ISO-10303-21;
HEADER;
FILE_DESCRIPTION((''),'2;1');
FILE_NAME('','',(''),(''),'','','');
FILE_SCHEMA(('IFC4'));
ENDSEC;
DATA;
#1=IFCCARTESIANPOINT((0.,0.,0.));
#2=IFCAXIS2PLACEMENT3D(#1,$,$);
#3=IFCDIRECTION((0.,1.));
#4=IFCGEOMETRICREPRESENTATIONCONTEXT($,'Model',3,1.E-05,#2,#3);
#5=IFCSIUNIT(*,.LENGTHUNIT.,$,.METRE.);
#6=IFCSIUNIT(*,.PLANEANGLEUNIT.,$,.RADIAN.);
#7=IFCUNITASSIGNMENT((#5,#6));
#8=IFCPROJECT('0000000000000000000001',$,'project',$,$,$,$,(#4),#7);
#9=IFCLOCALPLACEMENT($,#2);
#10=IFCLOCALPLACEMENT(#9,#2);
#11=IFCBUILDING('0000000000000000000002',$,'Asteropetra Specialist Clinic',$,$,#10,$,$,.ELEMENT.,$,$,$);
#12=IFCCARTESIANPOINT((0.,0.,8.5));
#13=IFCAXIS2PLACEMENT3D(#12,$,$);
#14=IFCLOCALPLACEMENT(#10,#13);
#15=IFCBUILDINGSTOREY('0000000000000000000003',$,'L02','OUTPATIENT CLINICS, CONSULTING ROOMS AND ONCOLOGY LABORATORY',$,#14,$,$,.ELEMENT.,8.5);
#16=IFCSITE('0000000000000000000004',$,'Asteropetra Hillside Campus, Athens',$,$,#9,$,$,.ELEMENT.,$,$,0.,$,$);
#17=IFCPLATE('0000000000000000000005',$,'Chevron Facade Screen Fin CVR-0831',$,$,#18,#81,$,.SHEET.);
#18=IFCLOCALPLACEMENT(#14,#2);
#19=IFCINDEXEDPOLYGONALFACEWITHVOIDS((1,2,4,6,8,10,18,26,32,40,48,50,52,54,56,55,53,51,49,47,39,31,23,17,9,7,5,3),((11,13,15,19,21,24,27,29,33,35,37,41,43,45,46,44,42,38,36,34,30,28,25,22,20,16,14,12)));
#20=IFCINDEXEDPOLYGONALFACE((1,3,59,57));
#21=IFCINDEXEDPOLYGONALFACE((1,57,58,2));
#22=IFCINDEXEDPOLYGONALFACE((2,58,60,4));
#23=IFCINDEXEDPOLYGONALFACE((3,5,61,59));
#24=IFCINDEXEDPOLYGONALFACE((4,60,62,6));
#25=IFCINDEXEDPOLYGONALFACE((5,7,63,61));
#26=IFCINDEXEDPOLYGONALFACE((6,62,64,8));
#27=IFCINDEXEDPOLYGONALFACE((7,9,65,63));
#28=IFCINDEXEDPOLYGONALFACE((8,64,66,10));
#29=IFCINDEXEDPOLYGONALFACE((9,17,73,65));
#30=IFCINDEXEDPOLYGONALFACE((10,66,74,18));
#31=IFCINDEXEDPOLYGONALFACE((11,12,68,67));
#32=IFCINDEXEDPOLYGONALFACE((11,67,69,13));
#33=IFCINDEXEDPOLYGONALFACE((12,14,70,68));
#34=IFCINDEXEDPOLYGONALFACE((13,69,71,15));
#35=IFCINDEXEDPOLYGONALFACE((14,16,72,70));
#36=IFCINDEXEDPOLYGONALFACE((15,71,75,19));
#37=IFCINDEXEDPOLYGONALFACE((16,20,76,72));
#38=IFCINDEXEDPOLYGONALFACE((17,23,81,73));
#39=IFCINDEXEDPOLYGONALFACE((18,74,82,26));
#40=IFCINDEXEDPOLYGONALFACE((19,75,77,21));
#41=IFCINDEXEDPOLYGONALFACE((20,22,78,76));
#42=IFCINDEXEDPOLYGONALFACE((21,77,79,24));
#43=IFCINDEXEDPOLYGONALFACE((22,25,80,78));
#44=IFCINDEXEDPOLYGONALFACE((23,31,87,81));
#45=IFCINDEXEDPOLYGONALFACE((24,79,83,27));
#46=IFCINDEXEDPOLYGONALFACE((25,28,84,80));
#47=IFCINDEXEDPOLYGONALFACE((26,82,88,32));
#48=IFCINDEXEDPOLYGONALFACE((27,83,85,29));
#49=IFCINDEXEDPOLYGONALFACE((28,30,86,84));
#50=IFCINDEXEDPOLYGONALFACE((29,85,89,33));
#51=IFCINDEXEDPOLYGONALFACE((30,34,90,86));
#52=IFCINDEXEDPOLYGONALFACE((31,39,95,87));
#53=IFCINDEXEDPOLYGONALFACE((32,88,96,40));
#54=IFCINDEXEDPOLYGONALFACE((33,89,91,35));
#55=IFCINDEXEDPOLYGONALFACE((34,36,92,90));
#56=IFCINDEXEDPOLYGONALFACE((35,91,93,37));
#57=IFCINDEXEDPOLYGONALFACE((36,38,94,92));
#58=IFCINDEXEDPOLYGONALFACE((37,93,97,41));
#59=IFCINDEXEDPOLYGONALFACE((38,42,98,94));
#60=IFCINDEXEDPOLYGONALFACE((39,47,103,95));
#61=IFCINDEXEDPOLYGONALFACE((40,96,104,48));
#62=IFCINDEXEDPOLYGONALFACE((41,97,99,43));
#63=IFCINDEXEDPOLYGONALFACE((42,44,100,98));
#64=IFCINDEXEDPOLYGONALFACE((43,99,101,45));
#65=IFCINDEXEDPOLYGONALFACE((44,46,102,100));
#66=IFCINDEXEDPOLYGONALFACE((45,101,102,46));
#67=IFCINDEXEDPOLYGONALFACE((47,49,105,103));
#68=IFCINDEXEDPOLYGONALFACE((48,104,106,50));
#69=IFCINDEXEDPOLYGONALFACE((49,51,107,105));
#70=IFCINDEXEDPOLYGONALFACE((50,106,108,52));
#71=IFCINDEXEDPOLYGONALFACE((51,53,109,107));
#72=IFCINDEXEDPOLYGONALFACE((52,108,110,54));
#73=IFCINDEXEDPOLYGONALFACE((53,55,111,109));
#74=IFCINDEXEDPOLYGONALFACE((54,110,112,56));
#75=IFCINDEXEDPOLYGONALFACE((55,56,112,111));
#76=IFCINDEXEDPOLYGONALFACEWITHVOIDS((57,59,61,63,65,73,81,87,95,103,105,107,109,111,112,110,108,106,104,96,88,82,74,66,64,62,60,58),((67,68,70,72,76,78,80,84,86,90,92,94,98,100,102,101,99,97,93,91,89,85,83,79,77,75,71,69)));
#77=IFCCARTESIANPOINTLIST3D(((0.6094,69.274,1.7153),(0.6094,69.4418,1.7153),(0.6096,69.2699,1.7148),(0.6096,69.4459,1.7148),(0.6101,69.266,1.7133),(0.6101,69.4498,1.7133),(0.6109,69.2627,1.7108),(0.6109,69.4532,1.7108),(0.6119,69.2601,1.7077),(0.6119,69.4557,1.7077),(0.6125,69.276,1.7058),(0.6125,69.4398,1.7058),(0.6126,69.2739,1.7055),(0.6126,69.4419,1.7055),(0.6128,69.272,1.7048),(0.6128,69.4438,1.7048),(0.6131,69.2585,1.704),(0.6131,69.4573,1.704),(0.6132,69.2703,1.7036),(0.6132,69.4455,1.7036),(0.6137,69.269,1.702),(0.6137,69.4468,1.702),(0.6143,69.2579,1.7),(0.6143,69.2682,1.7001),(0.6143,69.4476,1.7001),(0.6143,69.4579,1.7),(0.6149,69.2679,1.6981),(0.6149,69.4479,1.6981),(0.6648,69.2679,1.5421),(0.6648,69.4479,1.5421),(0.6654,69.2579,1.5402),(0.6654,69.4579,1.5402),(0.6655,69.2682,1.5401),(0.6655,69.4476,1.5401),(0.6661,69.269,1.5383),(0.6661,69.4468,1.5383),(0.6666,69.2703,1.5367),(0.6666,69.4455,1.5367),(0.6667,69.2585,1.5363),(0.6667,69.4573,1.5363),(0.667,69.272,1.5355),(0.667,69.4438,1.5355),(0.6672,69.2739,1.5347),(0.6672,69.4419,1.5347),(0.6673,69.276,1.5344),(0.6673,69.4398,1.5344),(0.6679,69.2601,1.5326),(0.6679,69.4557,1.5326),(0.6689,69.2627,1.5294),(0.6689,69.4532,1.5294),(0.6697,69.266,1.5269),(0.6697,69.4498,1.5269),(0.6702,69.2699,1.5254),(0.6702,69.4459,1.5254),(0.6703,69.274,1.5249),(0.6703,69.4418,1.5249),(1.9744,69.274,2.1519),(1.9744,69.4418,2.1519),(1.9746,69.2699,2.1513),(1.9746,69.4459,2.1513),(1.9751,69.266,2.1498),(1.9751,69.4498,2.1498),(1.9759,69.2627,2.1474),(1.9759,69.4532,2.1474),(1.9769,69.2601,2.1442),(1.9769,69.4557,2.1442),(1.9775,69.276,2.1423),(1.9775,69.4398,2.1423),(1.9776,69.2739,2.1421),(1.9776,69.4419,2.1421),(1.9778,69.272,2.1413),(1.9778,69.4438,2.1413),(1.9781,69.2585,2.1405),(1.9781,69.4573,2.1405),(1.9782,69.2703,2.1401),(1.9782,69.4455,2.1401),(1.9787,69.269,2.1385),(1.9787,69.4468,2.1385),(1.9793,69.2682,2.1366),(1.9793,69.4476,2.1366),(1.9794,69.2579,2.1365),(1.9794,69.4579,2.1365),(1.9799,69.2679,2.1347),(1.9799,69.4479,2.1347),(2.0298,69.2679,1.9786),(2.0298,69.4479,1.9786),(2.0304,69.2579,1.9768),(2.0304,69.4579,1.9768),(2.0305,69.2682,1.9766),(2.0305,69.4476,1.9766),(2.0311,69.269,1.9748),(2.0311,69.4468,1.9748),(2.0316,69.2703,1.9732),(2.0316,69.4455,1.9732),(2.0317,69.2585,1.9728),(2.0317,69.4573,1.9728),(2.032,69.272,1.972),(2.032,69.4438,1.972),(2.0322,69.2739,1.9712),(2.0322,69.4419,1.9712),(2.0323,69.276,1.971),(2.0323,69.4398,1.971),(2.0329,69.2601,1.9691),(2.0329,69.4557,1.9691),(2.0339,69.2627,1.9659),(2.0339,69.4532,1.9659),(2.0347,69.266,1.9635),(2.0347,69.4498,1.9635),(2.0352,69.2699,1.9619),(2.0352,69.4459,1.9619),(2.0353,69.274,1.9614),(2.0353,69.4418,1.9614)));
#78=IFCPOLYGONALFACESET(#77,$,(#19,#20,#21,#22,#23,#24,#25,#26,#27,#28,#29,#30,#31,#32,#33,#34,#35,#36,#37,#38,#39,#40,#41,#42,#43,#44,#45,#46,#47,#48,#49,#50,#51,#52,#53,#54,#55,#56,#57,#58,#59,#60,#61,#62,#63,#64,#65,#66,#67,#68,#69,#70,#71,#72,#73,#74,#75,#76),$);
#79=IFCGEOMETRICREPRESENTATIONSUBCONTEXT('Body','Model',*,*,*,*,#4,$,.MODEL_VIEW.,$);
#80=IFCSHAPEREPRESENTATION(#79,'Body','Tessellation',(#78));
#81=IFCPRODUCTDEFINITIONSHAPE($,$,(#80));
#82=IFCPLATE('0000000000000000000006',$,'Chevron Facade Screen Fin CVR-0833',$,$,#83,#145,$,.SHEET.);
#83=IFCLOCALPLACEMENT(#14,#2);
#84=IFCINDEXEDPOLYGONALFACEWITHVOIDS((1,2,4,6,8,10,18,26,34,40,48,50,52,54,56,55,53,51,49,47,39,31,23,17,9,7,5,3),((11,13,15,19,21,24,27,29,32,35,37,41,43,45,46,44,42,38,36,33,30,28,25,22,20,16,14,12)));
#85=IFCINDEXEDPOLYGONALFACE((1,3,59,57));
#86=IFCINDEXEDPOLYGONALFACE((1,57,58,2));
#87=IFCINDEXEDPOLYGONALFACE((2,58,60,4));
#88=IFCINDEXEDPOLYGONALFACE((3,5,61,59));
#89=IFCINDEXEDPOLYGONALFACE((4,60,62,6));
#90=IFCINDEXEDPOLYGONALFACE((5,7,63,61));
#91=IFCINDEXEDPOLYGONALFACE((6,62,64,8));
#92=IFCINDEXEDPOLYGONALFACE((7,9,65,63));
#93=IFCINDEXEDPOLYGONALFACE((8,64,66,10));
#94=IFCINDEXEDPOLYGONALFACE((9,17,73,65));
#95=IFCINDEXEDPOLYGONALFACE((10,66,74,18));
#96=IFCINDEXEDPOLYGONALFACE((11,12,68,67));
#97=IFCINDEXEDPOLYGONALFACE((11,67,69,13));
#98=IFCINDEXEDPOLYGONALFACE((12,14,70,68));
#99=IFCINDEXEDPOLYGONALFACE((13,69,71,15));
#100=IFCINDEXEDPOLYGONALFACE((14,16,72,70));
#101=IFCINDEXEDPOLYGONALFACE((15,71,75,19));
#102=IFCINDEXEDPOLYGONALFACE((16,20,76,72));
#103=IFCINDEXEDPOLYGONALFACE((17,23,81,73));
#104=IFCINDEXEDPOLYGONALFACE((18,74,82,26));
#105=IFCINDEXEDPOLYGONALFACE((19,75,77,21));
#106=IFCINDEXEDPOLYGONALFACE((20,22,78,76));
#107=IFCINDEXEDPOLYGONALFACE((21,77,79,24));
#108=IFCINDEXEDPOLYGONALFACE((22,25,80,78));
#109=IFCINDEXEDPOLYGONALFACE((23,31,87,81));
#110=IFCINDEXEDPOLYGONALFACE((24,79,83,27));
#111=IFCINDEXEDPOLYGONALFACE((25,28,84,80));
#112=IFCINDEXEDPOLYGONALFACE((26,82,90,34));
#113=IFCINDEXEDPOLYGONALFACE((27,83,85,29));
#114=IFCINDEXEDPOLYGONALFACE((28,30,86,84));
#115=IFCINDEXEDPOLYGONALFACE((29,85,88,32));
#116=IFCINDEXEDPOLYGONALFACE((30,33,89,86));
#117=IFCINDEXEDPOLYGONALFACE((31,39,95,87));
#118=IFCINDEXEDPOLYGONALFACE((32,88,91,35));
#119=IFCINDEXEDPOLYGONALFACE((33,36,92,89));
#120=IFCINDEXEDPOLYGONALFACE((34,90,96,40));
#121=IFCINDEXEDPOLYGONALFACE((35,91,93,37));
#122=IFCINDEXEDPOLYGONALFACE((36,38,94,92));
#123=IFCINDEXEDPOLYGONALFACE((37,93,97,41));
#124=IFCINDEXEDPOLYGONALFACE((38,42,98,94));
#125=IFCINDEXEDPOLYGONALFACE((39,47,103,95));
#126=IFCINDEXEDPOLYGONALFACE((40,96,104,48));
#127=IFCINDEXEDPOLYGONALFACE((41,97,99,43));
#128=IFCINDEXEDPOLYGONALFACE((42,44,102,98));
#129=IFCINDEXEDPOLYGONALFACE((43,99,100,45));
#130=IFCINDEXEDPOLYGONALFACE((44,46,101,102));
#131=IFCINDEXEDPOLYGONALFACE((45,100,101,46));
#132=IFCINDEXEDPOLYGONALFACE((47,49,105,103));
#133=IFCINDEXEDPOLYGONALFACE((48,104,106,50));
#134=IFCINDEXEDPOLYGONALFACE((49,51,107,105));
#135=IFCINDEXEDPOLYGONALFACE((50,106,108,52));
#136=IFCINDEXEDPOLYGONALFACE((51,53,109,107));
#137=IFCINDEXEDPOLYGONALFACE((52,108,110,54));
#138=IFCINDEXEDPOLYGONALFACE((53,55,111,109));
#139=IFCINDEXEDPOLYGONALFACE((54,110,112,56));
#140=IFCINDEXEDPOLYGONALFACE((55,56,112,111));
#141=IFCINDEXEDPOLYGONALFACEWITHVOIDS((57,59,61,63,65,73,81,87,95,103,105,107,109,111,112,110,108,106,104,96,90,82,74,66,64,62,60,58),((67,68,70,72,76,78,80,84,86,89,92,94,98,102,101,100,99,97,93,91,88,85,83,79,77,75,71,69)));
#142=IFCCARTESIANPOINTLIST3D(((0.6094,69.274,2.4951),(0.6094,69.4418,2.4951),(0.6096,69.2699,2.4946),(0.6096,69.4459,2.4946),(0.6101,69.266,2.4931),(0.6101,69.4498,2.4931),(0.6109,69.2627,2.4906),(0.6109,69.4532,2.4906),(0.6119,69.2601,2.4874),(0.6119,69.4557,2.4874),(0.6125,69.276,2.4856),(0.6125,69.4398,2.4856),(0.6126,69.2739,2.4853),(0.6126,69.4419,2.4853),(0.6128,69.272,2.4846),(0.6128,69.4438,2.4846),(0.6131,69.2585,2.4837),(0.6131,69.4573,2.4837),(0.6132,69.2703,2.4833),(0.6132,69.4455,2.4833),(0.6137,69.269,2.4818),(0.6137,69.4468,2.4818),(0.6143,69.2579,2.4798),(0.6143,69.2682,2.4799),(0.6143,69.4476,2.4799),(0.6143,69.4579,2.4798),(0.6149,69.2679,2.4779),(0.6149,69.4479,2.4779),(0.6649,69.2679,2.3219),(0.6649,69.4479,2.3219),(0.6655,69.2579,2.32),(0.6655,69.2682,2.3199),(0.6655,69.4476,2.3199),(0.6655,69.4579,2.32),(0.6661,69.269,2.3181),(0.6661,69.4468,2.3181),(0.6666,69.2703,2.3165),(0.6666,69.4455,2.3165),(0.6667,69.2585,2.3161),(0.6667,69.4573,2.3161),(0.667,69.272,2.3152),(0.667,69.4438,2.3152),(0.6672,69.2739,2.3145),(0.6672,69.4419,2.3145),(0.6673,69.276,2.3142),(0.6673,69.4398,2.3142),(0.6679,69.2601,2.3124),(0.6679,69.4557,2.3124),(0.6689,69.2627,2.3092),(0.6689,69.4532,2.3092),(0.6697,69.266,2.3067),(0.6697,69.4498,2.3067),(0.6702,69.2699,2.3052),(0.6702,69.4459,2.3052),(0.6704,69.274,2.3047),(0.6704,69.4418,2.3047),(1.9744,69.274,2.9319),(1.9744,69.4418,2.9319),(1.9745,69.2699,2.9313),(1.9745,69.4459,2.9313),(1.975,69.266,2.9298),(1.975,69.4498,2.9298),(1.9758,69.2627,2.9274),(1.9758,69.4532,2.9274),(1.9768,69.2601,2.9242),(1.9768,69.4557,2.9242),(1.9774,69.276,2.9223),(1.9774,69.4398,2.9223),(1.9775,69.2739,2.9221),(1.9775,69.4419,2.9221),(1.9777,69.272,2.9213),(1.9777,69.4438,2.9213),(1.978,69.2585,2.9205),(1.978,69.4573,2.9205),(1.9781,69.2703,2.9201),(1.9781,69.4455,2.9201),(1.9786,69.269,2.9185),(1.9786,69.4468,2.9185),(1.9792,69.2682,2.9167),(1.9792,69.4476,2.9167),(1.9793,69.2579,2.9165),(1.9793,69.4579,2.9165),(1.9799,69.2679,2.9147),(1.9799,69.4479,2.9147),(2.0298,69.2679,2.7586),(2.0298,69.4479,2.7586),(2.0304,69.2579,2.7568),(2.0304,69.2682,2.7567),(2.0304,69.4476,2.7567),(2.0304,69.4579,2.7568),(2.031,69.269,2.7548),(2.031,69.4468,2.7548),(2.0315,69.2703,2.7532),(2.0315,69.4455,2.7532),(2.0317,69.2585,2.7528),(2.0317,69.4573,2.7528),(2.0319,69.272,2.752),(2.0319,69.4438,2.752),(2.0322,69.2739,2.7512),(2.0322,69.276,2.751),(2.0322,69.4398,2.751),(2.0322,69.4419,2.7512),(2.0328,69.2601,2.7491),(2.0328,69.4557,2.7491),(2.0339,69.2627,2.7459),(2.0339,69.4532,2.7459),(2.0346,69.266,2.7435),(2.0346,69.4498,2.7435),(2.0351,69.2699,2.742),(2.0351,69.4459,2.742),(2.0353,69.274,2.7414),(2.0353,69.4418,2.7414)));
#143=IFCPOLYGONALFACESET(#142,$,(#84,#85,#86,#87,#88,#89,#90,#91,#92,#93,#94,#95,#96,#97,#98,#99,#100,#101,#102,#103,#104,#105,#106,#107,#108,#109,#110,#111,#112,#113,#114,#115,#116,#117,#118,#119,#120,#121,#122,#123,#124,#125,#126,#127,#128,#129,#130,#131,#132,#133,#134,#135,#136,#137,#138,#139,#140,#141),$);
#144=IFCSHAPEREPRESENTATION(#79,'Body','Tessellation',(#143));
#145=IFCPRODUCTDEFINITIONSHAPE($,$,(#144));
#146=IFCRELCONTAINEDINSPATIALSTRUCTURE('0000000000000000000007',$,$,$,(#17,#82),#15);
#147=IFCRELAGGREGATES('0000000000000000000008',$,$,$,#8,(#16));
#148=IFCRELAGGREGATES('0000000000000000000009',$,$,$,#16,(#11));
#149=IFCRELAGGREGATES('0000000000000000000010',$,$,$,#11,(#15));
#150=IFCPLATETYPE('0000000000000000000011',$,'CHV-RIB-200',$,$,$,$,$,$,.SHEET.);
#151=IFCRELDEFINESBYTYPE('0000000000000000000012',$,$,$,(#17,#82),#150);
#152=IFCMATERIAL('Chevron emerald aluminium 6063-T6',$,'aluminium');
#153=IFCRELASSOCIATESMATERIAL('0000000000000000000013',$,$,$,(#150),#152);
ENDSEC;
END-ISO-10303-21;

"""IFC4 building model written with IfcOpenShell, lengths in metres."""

from ifc_helpers import new_model, si_unit, direction, frame, origin, origin_2d, place, context, subcontext, project, spatial, hollow_rectangle, extrude, material, material_profile, profile_set, type_object, element, save


model = new_model("IFC4")

# Units and contexts
model_context = context("Model", 3, precision=1e-05, world=origin(), true_north=direction((0.0, 1.0)))
body_context = subcontext(model_context, "Body", "Model", "MODEL_VIEW")
ifc_project = project(units=[si_unit("LENGTHUNIT", "METRE"), si_unit("PLANEANGLEUNIT", "RADIAN")], contexts=[model_context])

# Site, building, storey
site_placement = place(None, origin())
site = spatial("IfcSite", under=ifc_project, at=site_placement, Name="Asteropetra Hillside Campus, Athens", CompositionType="ELEMENT", RefElevation=0.0)
building_placement = place(site_placement, origin())
building = spatial("IfcBuilding", under=site, at=building_placement, Name="Asteropetra Specialist Clinic", CompositionType="ELEMENT")
storey_placement = place(building_placement, frame((0.0, 0.0, 8.5)))
storey = spatial("IfcBuildingStorey", under=building, at=storey_placement, Name="L02", Description="OUTPATIENT CLINICS, CONSULTING ROOMS AND ONCOLOGY LABORATORY", CompositionType="ELEMENT", Elevation=8.5)

# Plates
ifc_material_1 = material(Name="Chevron emerald aluminium 6063-T6", Category="aluminium")
ifc_material_profile_1 = material_profile(ifc_material_1, hollow_rectangle(XDim=0.2, YDim=0.2, WallThickness=0.01, InnerFilletRadius=0.0081, OuterFilletRadius=0.0161, at=origin_2d()), Name="SHS 200x200x10.0")
ifc_profile_set_1 = profile_set([ifc_material_profile_1], Name="Chevron emerald aluminium 6063-T6")
plate_type_1 = type_object("IfcPlateType", Name="CHV-RIB-200", PredefinedType="SHEET", material=ifc_profile_set_1)
for number, where, z_axis, x_axis, name in (
    (1, (0.6399, 69.3579, 1.6201), (0.95248, 0.0, 0.304603), (0.0, 1.0, 0.0), "Chevron Facade Screen Fin CVR-0831"),
    (2, (0.6399, 69.3579, 2.3999), (0.95243, 0.0, 0.304757), (0.0, 1.0, 0.0), "Chevron Facade Screen Fin CVR-0833"),
):
    element("IfcPlate", number, at=place(storey_placement, frame(where, z_axis=z_axis, x_axis=x_axis)), inside=storey, type_object=plate_type_1, Name=name, PredefinedType="SHEET", context=body_context, shape_type="SweptSolid", body=[
        extrude(hollow_rectangle(XDim=0.2, YDim=0.2, WallThickness=0.01, InnerFilletRadius=0.0081, OuterFilletRadius=0.0161, at=origin_2d()), origin(), (0.0, 0.0, 1.0), 1.4331),
    ])

save(model, "model.ifc")
